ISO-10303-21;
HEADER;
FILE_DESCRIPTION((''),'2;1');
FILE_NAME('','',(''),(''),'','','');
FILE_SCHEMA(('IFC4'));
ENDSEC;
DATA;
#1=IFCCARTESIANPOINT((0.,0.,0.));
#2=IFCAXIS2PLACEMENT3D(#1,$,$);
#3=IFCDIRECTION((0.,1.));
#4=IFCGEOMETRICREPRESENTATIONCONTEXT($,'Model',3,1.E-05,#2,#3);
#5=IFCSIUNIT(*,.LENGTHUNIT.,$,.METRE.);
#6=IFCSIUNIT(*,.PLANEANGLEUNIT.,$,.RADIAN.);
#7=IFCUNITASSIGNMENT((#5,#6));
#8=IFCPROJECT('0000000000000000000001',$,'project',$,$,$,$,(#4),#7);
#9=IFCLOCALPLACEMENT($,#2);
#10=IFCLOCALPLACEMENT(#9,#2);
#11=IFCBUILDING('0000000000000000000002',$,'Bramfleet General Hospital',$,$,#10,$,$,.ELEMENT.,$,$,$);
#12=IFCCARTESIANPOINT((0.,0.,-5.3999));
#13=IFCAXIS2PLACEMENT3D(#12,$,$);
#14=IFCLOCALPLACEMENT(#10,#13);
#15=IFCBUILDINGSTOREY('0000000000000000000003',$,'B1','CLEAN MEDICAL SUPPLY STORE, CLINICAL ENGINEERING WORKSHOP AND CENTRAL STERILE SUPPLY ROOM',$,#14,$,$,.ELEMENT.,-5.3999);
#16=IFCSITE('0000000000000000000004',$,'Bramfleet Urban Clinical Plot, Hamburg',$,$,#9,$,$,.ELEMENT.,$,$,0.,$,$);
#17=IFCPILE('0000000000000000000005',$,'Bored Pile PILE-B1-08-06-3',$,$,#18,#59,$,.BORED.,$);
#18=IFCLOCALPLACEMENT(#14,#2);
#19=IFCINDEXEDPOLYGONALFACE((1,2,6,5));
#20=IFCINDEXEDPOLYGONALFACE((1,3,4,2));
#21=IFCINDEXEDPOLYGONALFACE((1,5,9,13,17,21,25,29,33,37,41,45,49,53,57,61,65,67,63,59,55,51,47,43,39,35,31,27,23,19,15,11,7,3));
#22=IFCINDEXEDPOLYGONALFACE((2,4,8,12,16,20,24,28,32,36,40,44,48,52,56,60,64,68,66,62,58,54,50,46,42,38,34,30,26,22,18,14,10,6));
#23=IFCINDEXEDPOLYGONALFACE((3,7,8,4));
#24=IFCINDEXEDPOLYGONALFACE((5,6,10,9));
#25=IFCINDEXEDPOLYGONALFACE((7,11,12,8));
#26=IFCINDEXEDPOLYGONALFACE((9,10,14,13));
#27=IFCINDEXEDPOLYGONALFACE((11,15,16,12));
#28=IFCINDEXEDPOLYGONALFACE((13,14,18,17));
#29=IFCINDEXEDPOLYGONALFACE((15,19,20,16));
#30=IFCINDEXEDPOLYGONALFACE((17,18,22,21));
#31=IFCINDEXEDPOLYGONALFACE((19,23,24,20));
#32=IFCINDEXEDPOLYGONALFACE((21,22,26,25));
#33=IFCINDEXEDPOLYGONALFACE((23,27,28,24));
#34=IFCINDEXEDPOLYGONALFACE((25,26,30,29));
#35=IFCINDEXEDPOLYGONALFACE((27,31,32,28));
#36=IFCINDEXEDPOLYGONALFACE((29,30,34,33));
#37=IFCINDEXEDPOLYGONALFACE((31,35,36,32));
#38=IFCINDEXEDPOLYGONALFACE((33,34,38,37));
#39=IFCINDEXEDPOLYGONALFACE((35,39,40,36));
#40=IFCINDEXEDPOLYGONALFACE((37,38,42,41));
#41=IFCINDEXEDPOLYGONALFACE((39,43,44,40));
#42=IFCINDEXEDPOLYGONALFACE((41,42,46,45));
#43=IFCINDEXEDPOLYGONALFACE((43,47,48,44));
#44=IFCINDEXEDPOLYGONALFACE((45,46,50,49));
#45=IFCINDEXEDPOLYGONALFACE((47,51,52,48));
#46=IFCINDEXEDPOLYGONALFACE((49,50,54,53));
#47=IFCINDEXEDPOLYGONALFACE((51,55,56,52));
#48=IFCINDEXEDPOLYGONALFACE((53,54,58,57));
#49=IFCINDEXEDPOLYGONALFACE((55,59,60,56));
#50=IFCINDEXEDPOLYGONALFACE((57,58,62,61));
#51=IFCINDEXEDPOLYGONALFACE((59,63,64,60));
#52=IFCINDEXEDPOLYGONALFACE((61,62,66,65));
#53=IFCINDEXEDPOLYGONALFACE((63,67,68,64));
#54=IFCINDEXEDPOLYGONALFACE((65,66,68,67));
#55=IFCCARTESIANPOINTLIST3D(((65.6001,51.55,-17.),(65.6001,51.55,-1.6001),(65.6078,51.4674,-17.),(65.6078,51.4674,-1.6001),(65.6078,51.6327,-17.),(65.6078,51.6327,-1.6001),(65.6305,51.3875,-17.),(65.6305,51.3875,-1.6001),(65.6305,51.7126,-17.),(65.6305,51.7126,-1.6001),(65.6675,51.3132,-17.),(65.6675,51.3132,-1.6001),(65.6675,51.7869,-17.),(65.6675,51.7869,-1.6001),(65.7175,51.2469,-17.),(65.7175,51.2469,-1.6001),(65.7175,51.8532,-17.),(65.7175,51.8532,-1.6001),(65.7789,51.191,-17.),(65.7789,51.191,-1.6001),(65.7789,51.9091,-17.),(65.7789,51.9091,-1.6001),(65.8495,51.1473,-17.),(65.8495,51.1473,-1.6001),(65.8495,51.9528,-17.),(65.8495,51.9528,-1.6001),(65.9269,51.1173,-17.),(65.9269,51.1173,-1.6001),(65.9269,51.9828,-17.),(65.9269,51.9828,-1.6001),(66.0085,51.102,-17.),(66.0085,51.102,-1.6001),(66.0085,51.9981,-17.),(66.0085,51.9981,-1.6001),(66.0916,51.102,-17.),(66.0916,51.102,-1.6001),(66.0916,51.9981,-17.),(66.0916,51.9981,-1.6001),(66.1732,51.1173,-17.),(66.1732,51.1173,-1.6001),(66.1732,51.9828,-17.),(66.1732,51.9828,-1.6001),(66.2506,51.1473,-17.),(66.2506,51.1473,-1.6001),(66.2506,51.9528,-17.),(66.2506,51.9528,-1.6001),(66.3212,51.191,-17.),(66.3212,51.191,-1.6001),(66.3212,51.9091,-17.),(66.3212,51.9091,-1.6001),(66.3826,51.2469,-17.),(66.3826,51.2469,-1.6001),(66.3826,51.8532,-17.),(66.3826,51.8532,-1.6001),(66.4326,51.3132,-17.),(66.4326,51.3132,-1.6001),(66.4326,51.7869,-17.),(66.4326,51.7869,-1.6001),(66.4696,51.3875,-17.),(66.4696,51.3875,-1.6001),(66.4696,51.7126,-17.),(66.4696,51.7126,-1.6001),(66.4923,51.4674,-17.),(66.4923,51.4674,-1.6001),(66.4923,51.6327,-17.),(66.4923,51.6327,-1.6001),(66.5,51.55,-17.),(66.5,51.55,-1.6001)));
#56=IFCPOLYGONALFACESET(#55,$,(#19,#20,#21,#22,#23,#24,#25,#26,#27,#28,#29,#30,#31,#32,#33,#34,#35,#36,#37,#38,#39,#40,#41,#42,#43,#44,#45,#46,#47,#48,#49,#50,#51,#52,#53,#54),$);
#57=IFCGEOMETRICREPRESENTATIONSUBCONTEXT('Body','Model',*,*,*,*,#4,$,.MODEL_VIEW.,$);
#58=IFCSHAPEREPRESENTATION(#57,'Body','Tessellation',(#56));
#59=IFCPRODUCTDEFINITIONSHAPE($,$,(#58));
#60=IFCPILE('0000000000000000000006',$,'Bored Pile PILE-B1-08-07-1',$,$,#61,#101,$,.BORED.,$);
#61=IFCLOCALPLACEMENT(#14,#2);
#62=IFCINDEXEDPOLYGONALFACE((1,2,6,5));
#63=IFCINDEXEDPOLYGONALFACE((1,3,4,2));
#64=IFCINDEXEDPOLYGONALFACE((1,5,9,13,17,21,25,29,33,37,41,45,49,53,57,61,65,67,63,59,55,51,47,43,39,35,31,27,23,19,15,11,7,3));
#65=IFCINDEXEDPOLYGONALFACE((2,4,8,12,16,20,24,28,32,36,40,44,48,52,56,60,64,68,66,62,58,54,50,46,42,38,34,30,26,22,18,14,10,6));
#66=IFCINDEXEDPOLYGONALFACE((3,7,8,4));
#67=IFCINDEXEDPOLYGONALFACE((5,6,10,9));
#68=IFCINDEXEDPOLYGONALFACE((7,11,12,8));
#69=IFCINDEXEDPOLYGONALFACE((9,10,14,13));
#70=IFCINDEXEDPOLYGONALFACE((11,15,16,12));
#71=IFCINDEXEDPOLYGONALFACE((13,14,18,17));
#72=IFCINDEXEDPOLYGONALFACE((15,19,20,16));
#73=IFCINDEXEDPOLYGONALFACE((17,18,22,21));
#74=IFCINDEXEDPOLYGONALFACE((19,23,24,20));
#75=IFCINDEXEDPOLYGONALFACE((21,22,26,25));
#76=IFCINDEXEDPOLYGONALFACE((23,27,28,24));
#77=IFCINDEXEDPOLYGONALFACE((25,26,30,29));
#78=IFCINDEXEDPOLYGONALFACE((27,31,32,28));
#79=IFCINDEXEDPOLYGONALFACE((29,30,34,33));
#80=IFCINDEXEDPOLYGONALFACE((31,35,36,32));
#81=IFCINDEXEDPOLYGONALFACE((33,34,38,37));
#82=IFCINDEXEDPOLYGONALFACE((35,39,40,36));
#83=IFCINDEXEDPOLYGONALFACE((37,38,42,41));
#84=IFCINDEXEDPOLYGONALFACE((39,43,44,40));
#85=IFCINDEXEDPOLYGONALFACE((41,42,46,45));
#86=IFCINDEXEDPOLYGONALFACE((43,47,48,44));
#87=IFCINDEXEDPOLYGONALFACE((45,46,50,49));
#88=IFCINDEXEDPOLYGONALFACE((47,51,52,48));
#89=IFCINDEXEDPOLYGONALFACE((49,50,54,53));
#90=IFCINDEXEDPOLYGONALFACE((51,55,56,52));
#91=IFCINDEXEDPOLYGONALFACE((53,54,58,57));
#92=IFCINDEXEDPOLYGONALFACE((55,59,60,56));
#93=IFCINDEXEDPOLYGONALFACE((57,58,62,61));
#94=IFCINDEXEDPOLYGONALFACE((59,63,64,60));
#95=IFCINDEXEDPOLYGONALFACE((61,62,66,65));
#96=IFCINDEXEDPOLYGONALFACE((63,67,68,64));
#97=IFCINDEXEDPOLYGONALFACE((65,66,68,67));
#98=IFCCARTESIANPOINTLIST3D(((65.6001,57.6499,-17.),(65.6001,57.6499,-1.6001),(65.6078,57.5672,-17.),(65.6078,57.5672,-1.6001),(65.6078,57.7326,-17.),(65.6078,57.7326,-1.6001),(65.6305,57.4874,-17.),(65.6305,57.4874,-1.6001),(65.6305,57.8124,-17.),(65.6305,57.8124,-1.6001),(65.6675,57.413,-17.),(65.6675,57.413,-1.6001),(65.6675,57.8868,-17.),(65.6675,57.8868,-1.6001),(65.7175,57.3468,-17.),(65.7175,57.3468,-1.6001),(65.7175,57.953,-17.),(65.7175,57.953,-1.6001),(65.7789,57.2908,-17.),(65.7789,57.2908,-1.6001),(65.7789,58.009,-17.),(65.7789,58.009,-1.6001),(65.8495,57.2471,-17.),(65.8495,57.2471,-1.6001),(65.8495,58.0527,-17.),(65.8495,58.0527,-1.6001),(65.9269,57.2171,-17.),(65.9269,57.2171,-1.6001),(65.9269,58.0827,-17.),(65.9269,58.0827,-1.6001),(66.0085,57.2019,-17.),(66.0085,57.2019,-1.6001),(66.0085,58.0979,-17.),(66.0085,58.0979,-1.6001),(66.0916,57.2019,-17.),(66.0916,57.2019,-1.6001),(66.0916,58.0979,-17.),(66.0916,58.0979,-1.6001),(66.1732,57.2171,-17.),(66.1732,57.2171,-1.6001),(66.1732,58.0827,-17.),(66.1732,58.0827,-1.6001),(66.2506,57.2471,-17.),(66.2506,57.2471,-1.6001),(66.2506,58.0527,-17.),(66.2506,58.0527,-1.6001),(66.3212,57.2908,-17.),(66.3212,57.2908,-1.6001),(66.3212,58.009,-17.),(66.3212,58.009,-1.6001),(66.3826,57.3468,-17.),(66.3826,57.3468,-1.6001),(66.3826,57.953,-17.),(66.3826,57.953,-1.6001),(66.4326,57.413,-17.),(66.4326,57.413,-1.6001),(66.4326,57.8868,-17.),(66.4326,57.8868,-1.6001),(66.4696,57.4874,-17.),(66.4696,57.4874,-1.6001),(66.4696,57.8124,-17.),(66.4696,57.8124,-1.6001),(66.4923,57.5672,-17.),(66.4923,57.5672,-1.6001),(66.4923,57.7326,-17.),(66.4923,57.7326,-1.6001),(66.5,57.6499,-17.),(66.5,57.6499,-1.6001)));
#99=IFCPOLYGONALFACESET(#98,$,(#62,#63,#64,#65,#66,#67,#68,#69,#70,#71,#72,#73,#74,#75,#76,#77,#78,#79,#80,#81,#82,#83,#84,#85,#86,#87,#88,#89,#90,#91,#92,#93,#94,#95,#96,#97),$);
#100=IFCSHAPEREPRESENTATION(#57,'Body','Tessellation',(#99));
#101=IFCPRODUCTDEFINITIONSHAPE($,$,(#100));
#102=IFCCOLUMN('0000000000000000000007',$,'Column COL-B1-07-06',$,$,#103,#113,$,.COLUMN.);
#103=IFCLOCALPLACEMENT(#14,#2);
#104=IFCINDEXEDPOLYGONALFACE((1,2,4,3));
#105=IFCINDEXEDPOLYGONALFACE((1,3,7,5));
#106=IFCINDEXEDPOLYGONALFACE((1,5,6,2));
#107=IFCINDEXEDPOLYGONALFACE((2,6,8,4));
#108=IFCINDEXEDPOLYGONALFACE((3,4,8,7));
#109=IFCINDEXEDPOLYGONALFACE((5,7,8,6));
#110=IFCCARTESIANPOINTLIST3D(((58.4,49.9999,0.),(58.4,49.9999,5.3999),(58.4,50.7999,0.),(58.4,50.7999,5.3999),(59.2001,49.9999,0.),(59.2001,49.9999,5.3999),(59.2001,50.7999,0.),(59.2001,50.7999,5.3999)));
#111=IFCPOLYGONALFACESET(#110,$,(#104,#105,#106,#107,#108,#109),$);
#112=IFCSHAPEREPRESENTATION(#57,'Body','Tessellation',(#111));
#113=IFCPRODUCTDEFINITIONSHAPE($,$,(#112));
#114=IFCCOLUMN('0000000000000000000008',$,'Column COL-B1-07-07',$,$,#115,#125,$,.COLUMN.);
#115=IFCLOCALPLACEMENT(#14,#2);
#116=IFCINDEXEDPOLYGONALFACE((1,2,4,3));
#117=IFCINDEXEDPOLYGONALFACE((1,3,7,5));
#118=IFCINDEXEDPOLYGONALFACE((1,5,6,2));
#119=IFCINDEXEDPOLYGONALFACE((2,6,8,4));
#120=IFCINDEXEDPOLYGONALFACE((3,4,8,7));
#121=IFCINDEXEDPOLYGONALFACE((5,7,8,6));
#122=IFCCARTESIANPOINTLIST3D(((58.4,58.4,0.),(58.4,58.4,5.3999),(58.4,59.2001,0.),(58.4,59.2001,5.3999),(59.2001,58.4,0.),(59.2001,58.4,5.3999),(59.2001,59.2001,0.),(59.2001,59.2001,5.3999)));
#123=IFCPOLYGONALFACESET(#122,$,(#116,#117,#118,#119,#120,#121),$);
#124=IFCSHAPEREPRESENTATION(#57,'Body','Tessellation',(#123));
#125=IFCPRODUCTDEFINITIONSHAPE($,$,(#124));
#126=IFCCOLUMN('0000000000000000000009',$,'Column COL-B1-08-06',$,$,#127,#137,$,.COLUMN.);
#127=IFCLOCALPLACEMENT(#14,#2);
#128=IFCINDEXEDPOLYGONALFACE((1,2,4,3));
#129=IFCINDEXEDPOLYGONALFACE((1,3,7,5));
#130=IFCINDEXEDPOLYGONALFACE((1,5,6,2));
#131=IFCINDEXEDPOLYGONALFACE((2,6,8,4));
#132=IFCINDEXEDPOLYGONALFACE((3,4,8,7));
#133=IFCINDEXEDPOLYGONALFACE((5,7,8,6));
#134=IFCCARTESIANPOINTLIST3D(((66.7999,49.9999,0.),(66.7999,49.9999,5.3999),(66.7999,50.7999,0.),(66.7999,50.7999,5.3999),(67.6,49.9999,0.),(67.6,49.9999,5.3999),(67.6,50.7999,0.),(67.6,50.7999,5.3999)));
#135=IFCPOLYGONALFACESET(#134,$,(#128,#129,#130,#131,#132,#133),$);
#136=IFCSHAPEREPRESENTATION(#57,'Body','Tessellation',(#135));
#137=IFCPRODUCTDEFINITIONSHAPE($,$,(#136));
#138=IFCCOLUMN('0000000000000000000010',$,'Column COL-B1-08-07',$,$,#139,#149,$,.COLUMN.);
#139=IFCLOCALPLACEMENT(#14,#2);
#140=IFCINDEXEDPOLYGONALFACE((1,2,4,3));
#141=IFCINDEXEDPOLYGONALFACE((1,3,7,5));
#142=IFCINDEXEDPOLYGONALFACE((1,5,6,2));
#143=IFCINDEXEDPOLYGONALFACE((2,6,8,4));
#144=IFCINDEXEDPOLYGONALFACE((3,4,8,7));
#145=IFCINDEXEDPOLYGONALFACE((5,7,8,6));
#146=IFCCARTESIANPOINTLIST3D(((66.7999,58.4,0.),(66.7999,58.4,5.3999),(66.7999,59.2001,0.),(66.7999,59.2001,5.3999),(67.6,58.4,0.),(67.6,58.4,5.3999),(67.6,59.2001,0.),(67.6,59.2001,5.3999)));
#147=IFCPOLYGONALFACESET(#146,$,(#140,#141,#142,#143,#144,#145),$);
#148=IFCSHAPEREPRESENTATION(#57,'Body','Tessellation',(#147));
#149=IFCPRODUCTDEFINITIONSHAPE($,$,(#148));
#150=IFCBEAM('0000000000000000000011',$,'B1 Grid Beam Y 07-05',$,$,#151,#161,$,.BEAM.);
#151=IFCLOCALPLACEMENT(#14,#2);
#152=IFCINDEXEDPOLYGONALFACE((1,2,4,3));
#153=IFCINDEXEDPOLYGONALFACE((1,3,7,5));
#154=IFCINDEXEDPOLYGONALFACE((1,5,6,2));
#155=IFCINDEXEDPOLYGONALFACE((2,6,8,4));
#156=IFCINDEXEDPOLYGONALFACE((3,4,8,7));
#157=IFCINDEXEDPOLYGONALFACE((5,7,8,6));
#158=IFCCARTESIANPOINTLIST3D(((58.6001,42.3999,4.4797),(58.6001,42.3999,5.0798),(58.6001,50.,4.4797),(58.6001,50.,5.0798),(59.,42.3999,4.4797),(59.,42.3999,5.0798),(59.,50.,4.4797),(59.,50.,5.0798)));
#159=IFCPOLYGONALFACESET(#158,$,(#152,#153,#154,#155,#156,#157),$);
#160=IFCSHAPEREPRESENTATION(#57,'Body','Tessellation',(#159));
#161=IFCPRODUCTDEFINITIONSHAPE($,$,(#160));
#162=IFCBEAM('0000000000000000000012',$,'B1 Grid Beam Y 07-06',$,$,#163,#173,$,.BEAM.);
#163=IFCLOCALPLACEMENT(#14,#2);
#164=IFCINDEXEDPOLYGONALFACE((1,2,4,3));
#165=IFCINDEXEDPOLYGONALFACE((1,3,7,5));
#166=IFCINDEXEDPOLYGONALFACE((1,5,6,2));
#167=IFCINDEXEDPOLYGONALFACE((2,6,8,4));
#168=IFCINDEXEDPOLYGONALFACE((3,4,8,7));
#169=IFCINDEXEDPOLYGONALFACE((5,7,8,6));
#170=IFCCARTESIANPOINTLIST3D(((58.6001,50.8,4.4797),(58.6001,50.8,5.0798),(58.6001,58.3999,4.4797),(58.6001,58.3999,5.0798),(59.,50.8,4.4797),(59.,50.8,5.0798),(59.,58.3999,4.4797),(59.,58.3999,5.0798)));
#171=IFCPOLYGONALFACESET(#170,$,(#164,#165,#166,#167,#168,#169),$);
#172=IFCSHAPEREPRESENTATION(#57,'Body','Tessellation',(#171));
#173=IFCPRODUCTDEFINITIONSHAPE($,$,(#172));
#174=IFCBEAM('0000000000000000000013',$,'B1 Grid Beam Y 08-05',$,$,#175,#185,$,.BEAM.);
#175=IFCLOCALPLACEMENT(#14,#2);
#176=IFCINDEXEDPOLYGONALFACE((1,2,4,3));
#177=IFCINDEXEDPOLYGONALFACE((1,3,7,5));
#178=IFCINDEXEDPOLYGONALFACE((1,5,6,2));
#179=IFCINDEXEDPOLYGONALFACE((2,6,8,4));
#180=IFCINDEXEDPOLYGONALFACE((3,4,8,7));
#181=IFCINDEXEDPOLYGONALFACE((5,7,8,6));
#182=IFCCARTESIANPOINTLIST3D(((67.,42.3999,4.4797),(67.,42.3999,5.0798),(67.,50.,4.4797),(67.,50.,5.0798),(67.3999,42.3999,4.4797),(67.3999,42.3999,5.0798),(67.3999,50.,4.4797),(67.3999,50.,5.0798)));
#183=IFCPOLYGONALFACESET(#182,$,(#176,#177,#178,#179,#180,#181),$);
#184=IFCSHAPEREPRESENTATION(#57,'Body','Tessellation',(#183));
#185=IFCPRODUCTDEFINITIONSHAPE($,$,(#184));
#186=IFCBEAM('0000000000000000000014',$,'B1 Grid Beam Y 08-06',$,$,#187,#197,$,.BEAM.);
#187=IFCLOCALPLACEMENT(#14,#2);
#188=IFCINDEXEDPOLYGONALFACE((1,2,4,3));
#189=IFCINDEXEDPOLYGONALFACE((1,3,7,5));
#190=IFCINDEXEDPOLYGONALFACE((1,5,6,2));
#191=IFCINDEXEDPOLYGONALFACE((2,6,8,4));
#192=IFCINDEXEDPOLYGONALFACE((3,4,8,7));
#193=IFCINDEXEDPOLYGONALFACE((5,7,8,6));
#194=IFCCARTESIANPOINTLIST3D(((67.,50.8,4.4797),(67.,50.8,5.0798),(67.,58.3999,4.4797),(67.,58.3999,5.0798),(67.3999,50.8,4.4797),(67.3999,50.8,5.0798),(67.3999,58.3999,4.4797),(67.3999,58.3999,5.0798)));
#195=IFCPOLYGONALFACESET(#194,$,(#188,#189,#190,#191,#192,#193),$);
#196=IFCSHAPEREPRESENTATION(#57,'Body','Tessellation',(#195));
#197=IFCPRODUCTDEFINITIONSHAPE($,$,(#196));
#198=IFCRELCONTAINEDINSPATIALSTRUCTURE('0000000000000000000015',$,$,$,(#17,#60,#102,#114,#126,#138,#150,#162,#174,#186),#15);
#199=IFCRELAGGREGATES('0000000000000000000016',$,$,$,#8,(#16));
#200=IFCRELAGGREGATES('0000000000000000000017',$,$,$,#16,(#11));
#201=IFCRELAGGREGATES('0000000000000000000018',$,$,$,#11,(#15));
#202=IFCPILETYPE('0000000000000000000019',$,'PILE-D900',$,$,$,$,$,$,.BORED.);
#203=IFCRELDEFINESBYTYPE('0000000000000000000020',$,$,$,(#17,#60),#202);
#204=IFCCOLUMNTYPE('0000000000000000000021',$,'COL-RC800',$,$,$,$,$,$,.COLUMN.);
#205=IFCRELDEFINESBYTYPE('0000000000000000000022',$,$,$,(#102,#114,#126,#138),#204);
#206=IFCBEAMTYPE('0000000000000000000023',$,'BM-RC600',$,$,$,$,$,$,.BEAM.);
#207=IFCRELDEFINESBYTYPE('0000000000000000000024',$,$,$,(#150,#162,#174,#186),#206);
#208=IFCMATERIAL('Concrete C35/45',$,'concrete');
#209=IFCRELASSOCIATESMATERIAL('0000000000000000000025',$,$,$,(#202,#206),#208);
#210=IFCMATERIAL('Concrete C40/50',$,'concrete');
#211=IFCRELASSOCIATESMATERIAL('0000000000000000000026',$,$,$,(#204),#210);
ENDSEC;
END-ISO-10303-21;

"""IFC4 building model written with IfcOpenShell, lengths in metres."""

from ifc_helpers import new_model, si_unit, direction, frame, origin, origin_2d, place, context, subcontext, project, spatial, rectangle, circle, extrude, material, material_profile, profile_set, type_object, element, save


model = new_model("IFC4")

# Units and contexts
model_context = context("Model", 3, precision=1e-05, world=origin(), true_north=direction((0.0, 1.0)))
body_context = subcontext(model_context, "Body", "Model", "MODEL_VIEW")
ifc_project = project(units=[si_unit("LENGTHUNIT", "METRE"), si_unit("PLANEANGLEUNIT", "RADIAN")], contexts=[model_context])

# Site, building, storey
site_placement = place(None, origin())
site = spatial("IfcSite", under=ifc_project, at=site_placement, Name="Bramfleet Urban Clinical Plot, Hamburg", CompositionType="ELEMENT", RefElevation=0.0)
building_placement = place(site_placement, origin())
building = spatial("IfcBuilding", under=site, at=building_placement, Name="Bramfleet General Hospital", CompositionType="ELEMENT")
storey_placement = place(building_placement, frame((0.0, 0.0, -5.3999)))
storey = spatial("IfcBuildingStorey", under=building, at=storey_placement, Name="B1", Description="CLEAN MEDICAL SUPPLY STORE, CLINICAL ENGINEERING WORKSHOP AND CENTRAL STERILE SUPPLY ROOM", CompositionType="ELEMENT", Elevation=-5.3999)

# Shared definitions
ifc_material_1 = material(Name="Concrete C35/45", Category="concrete")

# Piles
ifc_material_profile_1 = material_profile(ifc_material_1, circle(Radius=0.45, at=origin_2d()), Name="PILE BORED D900")
ifc_profile_set_1 = profile_set([ifc_material_profile_1], Name="Concrete C35/45")
pile_type_1 = type_object("IfcPileType", Name="PILE-D900", PredefinedType="BORED", material=ifc_profile_set_1)
for number, where, z_axis, x_axis, name in (
    (1, (66.05, 51.55, -1.6001), (0.0, 0.0, -1.0), (1.0, 0.0, 0.0), "Bored Pile PILE-B1-08-06-3"),
    (2, (66.05, 57.6499, -1.6001), (0.0, 0.0, -1.0), (1.0, 0.0, 0.0), "Bored Pile PILE-B1-08-07-1"),
):
    element("IfcPile", number, at=place(storey_placement, frame(where, z_axis=z_axis, x_axis=x_axis)), inside=storey, type_object=pile_type_1, Name=name, PredefinedType="BORED", context=body_context, shape_type="SweptSolid", body=[
        extrude(circle(Radius=0.45, at=origin_2d()), origin(), (0.0, 0.0, 1.0), 15.3999),
    ])

# Columns
ifc_material_2 = material(Name="Concrete C40/50", Category="concrete")
ifc_material_profile_2 = material_profile(ifc_material_2, rectangle(XDim=0.8, YDim=0.8, at=origin_2d()), Name="RC COL 800x800")
ifc_profile_set_2 = profile_set([ifc_material_profile_2], Name="Concrete C40/50")
column_type = type_object("IfcColumnType", Name="COL-RC800", PredefinedType="COLUMN", material=ifc_profile_set_2)
for number, where, z_axis, x_axis, name in (
    (3, (58.8, 50.3999, 0.0), (0.0, 0.0, 1.0), (1.0, 0.0, 0.0), "Column COL-B1-07-06"),
    (4, (58.8, 58.8, 0.0), (0.0, 0.0, 1.0), (1.0, 0.0, 0.0), "Column COL-B1-07-07"),
    (5, (67.2, 50.3999, 0.0), (0.0, 0.0, 1.0), (1.0, 0.0, 0.0), "Column COL-B1-08-06"),
    (6, (67.2, 58.8, 0.0), (0.0, 0.0, 1.0), (1.0, 0.0, 0.0), "Column COL-B1-08-07"),
):
    element("IfcColumn", number, at=place(storey_placement, frame(where, z_axis=z_axis, x_axis=x_axis)), inside=storey, type_object=column_type, Name=name, PredefinedType="COLUMN", context=body_context, shape_type="SweptSolid", body=[
        extrude(rectangle(XDim=0.8, YDim=0.8, at=origin_2d()), origin(), (0.0, 0.0, 1.0), 5.3999),
    ])

# Beams
ifc_material_profile_3 = material_profile(ifc_material_1, rectangle(XDim=0.3999, YDim=0.6001, at=origin_2d()), Name="RC BM 600x400")
ifc_profile_set_3 = profile_set([ifc_material_profile_3], Name="Concrete C35/45")
beam_type_1 = type_object("IfcBeamType", Name="BM-RC600", PredefinedType="BEAM", material=ifc_profile_set_3)
beam_1_placement = place(storey_placement, frame((58.8, 42.3999, 4.7798), z_axis=(0.0, 1.0, 0.0), x_axis=(-1.0, 0.0, 0.0)))
element("IfcBeam", 7, at=beam_1_placement, inside=storey, type_object=beam_type_1, Name="B1 Grid Beam Y 07-05", PredefinedType="BEAM", context=body_context, shape_type="SweptSolid", body=[
    extrude(rectangle(XDim=0.3999, YDim=0.6001, at=origin_2d()), origin(), (0.0, 0.0, 1.0), 7.6001),
])
beam_2_placement = place(storey_placement, frame((58.8, 50.8, 4.7798), z_axis=(0.0, 1.0, 0.0), x_axis=(-1.0, 0.0, 0.0)))
element("IfcBeam", 8, at=beam_2_placement, inside=storey, type_object=beam_type_1, Name="B1 Grid Beam Y 07-06", PredefinedType="BEAM", context=body_context, shape_type="SweptSolid", body=[
    extrude(rectangle(XDim=0.3999, YDim=0.6001, at=origin_2d()), origin(), (0.0, 0.0, 1.0), 7.5999),
])
beam_3_placement = place(storey_placement, frame((67.2, 42.3999, 4.7798), z_axis=(0.0, 1.0, 0.0), x_axis=(-1.0, 0.0, 0.0)))
element("IfcBeam", 9, at=beam_3_placement, inside=storey, type_object=beam_type_1, Name="B1 Grid Beam Y 08-05", PredefinedType="BEAM", context=body_context, shape_type="SweptSolid", body=[
    extrude(rectangle(XDim=0.3999, YDim=0.6001, at=origin_2d()), origin(), (0.0, 0.0, 1.0), 7.6001),
])
beam_4_placement = place(storey_placement, frame((67.2, 50.8, 4.7798), z_axis=(0.0, 1.0, 0.0), x_axis=(-1.0, 0.0, 0.0)))
element("IfcBeam", 10, at=beam_4_placement, inside=storey, type_object=beam_type_1, Name="B1 Grid Beam Y 08-06", PredefinedType="BEAM", context=body_context, shape_type="SweptSolid", body=[
    extrude(rectangle(XDim=0.3999, YDim=0.6001, at=origin_2d()), origin(), (0.0, 0.0, 1.0), 7.5999),
])

save(model, "model.ifc")
